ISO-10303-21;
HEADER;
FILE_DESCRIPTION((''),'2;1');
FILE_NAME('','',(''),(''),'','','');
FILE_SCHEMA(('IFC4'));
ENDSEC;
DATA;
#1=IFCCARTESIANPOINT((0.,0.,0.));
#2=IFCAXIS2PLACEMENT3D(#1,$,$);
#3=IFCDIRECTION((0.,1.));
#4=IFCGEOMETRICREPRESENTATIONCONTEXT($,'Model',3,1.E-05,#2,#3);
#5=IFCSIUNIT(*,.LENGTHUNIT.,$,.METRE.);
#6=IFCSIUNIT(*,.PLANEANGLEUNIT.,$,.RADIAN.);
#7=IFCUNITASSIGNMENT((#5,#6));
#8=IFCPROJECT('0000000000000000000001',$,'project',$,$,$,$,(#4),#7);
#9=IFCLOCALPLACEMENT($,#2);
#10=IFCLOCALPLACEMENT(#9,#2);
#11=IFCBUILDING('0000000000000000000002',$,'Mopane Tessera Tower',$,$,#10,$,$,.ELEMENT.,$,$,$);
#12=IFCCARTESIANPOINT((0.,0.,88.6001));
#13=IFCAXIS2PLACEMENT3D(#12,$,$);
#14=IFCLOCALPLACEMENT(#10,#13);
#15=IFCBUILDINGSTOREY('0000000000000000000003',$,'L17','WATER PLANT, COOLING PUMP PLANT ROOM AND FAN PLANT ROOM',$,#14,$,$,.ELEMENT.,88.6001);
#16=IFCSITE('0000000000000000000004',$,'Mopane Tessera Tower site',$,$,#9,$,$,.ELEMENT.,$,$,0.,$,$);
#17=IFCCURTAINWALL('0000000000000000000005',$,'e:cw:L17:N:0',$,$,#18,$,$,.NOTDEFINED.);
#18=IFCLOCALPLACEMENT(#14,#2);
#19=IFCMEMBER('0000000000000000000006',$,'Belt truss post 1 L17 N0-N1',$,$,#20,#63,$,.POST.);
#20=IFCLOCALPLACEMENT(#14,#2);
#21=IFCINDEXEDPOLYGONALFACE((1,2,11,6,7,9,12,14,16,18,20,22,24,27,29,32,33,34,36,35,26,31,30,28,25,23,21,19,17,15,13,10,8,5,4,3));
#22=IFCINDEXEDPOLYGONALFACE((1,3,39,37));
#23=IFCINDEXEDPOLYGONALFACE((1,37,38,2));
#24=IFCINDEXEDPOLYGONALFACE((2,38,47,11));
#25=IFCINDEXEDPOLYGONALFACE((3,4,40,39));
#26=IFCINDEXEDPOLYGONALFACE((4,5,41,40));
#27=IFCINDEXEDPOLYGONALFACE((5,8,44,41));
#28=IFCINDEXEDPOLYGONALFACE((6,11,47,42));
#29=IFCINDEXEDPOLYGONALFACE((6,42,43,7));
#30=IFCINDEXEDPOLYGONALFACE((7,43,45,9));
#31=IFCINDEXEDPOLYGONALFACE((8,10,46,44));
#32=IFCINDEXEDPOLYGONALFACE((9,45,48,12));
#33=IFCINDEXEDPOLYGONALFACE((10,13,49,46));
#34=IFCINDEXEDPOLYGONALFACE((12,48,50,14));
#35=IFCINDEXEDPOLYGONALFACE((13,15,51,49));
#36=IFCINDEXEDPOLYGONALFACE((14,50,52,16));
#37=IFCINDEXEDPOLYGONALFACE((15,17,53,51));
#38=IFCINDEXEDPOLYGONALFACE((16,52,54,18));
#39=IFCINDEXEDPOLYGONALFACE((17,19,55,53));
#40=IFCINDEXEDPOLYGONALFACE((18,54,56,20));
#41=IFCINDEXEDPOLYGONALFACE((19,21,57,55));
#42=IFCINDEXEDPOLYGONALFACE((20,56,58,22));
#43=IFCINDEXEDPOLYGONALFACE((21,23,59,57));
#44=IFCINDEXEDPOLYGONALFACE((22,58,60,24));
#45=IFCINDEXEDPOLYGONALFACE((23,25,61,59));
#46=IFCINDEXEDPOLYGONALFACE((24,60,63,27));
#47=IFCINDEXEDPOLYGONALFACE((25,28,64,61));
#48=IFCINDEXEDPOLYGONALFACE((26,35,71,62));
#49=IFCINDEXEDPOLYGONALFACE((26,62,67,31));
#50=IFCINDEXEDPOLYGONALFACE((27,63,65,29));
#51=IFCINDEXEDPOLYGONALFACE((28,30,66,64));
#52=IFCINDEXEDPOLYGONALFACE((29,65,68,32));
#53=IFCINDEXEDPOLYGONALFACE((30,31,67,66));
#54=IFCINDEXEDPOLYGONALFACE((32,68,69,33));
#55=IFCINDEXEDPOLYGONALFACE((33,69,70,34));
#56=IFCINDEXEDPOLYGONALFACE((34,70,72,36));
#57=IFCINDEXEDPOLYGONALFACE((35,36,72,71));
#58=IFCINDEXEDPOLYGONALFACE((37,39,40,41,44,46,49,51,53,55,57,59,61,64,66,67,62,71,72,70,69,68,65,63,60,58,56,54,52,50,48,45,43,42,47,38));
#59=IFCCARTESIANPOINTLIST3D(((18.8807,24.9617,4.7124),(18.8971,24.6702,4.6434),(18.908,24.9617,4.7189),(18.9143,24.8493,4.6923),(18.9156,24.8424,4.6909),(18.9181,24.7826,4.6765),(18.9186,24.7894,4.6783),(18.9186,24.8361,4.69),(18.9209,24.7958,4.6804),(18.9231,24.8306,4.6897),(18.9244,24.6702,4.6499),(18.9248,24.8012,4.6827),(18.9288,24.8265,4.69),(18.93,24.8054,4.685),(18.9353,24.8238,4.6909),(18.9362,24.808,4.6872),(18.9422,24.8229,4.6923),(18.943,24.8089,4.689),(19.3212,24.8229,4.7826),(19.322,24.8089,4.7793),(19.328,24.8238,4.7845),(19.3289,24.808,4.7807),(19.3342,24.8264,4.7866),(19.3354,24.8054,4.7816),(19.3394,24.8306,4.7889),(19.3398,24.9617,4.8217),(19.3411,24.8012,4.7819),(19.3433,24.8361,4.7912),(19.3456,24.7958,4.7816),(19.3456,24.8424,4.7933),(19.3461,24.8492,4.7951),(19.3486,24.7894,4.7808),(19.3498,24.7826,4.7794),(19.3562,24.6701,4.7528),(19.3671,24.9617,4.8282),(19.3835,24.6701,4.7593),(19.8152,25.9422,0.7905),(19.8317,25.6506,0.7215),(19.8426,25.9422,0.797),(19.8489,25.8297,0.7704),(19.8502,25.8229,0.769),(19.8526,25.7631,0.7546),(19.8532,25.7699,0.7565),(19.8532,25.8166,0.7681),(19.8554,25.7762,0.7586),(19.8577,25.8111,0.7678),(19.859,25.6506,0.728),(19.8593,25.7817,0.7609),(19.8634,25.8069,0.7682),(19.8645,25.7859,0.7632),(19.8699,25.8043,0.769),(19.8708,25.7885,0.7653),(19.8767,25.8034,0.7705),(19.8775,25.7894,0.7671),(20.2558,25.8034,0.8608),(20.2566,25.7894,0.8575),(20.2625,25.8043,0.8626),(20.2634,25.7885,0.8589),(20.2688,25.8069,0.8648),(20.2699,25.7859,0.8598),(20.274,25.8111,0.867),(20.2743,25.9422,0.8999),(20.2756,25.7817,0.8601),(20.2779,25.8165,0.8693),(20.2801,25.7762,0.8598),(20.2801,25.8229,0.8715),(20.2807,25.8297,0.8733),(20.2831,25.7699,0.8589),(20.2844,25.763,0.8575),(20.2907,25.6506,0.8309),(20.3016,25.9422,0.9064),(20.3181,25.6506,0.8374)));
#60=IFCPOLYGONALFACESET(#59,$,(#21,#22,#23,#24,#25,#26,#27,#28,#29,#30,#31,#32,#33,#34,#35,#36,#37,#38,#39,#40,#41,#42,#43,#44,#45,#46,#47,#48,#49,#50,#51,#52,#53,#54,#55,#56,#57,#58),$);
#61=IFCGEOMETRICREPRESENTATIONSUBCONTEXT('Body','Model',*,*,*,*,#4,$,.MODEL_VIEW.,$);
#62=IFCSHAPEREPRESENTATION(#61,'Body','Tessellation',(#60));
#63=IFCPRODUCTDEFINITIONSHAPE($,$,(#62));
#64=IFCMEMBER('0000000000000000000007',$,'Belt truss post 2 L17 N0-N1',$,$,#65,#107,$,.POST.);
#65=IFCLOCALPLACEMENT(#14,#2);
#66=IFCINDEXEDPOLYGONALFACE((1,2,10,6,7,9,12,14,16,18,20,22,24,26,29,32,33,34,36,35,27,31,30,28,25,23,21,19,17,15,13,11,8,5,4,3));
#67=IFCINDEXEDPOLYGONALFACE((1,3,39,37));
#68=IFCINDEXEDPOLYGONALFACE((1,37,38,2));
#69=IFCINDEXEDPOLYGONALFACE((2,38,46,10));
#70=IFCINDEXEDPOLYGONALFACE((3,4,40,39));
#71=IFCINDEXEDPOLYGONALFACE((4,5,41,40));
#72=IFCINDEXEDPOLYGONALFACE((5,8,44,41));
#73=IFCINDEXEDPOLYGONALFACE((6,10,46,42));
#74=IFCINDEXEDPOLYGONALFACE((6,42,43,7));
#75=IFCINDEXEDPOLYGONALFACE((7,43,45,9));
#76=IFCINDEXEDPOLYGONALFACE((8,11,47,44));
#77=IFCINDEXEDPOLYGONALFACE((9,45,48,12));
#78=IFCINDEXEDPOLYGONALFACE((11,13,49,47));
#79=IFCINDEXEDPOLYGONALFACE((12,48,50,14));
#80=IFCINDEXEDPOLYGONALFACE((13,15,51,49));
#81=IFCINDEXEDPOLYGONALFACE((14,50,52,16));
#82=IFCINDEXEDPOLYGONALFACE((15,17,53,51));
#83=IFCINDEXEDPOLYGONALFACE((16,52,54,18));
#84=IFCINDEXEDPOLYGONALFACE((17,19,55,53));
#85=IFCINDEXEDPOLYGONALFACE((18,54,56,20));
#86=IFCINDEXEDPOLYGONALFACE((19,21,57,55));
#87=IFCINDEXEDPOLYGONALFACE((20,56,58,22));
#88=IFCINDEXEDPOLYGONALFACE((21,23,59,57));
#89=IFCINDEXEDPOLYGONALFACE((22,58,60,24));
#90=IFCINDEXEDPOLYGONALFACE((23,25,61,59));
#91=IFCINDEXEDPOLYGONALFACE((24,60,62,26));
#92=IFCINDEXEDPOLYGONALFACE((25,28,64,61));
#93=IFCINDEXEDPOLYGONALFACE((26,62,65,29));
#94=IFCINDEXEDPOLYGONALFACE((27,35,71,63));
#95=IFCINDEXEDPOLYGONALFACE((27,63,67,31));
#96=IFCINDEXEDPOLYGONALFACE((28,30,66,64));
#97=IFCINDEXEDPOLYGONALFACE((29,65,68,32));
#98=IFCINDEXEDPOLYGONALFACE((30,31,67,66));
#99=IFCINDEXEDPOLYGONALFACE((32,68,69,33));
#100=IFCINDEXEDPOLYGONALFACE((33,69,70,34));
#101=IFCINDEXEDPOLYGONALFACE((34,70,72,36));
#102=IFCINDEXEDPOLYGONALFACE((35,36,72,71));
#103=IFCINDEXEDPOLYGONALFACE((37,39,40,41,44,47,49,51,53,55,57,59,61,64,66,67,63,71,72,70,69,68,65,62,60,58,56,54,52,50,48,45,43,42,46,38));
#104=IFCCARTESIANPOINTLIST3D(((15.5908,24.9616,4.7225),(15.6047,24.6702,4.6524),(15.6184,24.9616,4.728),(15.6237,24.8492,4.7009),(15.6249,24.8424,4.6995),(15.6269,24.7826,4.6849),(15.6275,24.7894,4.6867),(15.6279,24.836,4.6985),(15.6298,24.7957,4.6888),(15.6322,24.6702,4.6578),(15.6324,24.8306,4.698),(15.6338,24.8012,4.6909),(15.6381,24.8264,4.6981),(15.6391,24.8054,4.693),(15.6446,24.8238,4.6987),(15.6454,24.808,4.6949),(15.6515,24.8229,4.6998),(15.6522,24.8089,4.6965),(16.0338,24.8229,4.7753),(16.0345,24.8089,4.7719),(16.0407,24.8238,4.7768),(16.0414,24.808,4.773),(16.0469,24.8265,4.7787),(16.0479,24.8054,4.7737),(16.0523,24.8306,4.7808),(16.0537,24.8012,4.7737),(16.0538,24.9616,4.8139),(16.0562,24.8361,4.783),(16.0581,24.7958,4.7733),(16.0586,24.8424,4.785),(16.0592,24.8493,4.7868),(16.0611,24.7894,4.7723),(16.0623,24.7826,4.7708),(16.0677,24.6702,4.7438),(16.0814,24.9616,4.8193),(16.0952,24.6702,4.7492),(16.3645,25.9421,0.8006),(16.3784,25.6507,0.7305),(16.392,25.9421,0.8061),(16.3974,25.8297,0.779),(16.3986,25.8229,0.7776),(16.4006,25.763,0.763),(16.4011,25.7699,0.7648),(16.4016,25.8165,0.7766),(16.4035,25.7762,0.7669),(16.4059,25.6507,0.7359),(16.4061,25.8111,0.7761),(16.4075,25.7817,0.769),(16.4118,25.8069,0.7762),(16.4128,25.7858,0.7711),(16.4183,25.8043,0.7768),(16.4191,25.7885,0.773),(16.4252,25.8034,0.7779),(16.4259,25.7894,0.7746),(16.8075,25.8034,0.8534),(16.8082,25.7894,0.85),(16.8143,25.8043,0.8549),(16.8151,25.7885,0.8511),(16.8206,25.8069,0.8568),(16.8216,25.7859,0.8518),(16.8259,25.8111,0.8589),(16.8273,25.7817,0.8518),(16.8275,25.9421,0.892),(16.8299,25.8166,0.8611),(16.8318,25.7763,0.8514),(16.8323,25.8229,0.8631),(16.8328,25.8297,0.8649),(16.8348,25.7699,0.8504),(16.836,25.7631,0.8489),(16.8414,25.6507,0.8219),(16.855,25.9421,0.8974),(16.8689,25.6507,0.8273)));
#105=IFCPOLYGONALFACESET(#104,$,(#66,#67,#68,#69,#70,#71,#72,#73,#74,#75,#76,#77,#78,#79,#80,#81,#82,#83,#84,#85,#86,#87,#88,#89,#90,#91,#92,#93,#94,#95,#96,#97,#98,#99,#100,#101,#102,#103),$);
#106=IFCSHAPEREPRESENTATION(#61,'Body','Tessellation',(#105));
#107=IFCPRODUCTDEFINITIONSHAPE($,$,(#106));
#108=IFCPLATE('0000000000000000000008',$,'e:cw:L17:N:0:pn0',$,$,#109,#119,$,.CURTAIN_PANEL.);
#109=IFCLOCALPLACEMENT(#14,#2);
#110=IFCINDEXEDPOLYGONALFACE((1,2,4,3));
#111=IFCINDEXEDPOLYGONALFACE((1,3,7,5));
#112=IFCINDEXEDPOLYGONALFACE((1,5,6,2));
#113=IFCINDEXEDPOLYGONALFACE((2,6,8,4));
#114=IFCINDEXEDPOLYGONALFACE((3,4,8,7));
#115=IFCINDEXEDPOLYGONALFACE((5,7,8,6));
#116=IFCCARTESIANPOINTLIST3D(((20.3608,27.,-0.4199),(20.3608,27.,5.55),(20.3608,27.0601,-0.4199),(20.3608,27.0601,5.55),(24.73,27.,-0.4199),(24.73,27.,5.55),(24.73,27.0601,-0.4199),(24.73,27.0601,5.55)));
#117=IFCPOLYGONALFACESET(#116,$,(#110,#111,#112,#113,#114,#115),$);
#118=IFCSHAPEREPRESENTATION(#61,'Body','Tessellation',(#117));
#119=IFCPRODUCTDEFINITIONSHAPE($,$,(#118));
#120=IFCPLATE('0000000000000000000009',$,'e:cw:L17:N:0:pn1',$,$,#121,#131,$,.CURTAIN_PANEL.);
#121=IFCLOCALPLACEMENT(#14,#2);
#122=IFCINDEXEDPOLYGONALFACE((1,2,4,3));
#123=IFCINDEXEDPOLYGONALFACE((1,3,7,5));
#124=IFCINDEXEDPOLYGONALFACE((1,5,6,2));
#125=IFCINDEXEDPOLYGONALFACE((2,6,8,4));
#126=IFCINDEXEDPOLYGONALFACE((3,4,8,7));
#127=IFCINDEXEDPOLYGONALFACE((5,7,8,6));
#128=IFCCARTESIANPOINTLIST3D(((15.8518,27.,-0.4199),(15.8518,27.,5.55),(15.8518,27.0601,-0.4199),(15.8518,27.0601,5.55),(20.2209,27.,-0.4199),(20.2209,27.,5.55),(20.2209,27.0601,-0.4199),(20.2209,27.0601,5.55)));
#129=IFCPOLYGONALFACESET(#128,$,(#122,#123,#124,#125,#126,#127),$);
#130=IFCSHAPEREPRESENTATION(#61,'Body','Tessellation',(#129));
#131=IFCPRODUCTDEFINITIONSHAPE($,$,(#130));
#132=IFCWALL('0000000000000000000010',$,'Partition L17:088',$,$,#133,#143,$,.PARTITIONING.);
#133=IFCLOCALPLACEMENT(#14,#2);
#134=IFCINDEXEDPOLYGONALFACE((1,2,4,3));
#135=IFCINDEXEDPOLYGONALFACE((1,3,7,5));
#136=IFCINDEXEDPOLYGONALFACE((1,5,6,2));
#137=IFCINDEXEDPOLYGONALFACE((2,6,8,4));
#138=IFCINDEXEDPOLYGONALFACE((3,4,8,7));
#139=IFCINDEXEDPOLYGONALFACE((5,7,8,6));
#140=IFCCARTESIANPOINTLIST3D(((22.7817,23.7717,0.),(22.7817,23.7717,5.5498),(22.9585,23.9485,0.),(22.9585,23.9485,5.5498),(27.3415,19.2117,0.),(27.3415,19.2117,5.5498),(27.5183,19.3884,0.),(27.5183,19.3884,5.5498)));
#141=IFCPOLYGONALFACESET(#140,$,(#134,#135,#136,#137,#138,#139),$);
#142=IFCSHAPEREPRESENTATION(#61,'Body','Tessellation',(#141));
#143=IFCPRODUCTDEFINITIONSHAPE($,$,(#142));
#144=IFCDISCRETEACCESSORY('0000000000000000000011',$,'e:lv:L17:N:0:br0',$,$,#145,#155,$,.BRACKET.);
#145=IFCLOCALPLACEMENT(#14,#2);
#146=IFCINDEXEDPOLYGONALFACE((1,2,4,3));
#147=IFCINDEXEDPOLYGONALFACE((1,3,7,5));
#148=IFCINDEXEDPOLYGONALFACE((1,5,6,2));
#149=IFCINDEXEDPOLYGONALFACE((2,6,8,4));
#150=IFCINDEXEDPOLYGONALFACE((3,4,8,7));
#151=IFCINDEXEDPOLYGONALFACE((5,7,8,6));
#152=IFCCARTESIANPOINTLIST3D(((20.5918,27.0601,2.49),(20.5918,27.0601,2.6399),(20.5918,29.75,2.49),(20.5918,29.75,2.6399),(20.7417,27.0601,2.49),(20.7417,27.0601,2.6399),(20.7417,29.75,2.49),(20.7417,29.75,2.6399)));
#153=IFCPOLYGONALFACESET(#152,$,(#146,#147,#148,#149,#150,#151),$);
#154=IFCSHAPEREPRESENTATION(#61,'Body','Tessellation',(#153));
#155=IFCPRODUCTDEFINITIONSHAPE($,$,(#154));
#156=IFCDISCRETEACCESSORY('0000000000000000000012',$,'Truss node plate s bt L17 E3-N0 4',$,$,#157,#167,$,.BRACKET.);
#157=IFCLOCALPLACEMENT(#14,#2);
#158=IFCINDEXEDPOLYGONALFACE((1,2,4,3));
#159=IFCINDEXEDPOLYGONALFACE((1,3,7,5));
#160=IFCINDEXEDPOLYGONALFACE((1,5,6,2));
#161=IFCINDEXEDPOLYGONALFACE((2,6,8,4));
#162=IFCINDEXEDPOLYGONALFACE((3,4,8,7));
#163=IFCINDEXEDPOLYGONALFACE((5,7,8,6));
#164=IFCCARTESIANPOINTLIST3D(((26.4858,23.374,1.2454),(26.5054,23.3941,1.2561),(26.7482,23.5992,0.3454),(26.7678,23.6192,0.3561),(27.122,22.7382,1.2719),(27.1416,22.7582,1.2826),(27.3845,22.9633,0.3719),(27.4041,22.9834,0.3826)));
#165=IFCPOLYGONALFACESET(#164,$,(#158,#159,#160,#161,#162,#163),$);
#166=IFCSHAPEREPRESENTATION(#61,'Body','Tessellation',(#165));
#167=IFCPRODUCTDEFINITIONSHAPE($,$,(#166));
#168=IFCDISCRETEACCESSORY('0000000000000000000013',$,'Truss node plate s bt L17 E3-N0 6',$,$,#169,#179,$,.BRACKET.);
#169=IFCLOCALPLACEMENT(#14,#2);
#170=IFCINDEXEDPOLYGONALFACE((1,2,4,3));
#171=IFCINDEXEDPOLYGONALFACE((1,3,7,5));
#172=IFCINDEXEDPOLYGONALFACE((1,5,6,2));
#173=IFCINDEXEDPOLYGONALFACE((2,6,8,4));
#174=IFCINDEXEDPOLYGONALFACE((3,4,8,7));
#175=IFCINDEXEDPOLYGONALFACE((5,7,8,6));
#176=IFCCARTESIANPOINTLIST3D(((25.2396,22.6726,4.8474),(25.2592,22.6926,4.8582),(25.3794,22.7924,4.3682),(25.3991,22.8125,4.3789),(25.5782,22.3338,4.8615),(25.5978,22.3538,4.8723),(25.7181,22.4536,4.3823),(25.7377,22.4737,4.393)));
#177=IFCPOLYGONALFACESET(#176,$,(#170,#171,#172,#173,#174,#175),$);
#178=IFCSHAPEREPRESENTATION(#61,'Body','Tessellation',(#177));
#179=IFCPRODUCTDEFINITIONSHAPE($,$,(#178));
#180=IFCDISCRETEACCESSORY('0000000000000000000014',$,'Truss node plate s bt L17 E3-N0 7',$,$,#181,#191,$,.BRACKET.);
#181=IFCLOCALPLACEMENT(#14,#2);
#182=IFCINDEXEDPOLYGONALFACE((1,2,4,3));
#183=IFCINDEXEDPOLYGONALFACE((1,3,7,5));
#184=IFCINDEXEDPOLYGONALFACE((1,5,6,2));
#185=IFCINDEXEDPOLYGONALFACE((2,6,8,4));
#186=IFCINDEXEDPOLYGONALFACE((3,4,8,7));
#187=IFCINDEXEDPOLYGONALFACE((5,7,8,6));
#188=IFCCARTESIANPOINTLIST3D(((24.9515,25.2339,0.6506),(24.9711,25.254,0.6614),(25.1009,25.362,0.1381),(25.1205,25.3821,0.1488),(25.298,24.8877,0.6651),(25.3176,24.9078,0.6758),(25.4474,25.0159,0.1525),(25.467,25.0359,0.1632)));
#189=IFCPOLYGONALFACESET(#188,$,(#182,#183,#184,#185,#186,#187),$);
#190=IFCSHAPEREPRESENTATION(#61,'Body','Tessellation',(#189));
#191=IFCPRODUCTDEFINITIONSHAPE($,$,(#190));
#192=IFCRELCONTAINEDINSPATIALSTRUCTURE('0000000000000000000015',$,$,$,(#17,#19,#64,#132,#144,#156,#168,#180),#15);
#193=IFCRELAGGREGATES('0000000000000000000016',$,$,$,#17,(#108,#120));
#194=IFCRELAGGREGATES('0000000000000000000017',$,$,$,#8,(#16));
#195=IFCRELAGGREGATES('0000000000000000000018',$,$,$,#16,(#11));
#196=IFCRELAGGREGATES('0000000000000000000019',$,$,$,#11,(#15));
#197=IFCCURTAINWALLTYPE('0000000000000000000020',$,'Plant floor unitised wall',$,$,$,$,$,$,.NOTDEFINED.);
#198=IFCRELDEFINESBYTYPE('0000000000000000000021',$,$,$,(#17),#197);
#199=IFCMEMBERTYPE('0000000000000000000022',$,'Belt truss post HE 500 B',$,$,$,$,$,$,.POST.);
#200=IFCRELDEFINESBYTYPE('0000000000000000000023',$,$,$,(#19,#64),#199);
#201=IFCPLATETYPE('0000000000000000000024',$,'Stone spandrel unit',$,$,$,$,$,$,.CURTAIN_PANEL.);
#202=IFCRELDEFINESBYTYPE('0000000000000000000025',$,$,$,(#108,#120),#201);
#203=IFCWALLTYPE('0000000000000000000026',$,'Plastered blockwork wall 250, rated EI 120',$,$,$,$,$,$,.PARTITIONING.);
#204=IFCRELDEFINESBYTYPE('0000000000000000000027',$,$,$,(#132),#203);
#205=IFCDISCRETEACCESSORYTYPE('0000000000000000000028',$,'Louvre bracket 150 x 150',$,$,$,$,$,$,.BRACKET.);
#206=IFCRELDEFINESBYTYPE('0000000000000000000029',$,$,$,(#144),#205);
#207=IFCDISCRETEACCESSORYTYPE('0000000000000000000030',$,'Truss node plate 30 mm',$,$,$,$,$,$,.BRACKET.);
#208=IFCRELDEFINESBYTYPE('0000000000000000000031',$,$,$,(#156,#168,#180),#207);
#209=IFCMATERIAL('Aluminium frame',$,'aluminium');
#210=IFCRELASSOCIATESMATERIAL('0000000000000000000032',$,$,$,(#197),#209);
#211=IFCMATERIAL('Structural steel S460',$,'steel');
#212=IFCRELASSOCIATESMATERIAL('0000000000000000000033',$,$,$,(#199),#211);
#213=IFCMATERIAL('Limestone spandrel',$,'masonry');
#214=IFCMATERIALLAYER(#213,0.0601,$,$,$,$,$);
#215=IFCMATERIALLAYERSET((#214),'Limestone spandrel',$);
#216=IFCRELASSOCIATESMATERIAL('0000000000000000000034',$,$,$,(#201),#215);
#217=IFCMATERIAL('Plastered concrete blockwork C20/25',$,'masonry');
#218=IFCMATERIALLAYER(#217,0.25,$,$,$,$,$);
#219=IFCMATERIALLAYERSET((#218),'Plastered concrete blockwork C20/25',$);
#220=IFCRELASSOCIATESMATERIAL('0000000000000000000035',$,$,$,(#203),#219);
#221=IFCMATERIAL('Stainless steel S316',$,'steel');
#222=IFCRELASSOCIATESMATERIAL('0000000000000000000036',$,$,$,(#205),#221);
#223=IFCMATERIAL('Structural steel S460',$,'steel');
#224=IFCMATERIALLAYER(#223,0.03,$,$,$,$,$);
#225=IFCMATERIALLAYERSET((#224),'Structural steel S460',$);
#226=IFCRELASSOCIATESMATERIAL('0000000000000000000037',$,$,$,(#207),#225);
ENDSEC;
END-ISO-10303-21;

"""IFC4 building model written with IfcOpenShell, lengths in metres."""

from ifc_helpers import new_model, si_unit, direction, frame, frame_2d, origin, origin_2d, place, context, subcontext, project, spatial, rectangle, i_section, extrude, material, layer, layer_set, material_profile, profile_set, type_object, element, aggregate, save


model = new_model("IFC4")

# Units and contexts
model_context = context("Model", 3, precision=1e-05, world=origin(), true_north=direction((0.0, 1.0)))
body_context = subcontext(model_context, "Body", "Model", "MODEL_VIEW")
ifc_project = project(units=[si_unit("LENGTHUNIT", "METRE"), si_unit("PLANEANGLEUNIT", "RADIAN")], contexts=[model_context])

# Site, building, storey
site_placement = place(None, origin())
site = spatial("IfcSite", under=ifc_project, at=site_placement, Name="Mopane Tessera Tower site", CompositionType="ELEMENT", RefElevation=0.0)
building_placement = place(site_placement, origin())
building = spatial("IfcBuilding", under=site, at=building_placement, Name="Mopane Tessera Tower", CompositionType="ELEMENT")
storey_placement = place(building_placement, frame((0.0, 0.0, 88.6001)))
storey = spatial("IfcBuildingStorey", under=building, at=storey_placement, Name="L17", Description="WATER PLANT, COOLING PUMP PLANT ROOM AND FAN PLANT ROOM", CompositionType="ELEMENT", Elevation=88.6001)

# Curtain wall
ifc_material_1 = material(Name="Aluminium frame", Category="aluminium")
curtain_wall_type = type_object("IfcCurtainWallType", Name="Plant floor unitised wall", PredefinedType="NOTDEFINED", material=ifc_material_1)
curtain_wall_placement = place(storey_placement, origin())
curtain_wall = element("IfcCurtainWall", 1, at=curtain_wall_placement, inside=storey, type_object=curtain_wall_type, Name="e:cw:L17:N:0", PredefinedType="NOTDEFINED")

# Members
ifc_material_2 = material(Name="Structural steel S460", Category="steel")
ifc_material_profile_1 = material_profile(ifc_material_2, i_section(OverallWidth=0.3, OverallDepth=0.5, WebThickness=0.0144, FlangeThickness=0.0281, FilletRadius=0.0271, at=origin_2d()))
ifc_profile_set_1 = profile_set([ifc_material_profile_1], Name="Structural steel S460")
member_type_1 = type_object("IfcMemberType", Name="Belt truss post HE 500 B", PredefinedType="POST", material=ifc_profile_set_1)
member_1_placement = place(storey_placement, frame((20.0667, 25.7964, 0.814), z_axis=(-0.225241, -0.236303, 0.945213), x_axis=(0.05474, -0.971679, -0.229876)))
element("IfcMember", 2, at=member_1_placement, inside=storey, type_object=member_type_1, Name="Belt truss post 1 L17 N0-N1", PredefinedType="POST", context=body_context, shape_type="SweptSolid", body=[
    extrude(i_section(OverallWidth=0.3, OverallDepth=0.5, WebThickness=0.0144, FlangeThickness=0.0281, FilletRadius=0.0271, at=origin_2d()), origin(), (0.0, 0.0, 1.0), 4.1492),
])
member_2_placement = place(storey_placement, frame((16.6167, 25.7964, 0.814), z_axis=(-0.187972, -0.238212, 0.952849), x_axis=(0.046212, -0.971213, -0.233687)))
element("IfcMember", 3, at=member_2_placement, inside=storey, type_object=member_type_1, Name="Belt truss post 2 L17 N0-N1", PredefinedType="POST", context=body_context, shape_type="SweptSolid", body=[
    extrude(i_section(OverallWidth=0.3, OverallDepth=0.5, WebThickness=0.0144, FlangeThickness=0.0281, FilletRadius=0.0271, at=origin_2d()), origin(), (0.0, 0.0, 1.0), 4.116),
])

# Plates
ifc_material_3 = material(Name="Limestone spandrel", Category="masonry")
ifc_layer_1 = layer(ifc_material_3, 0.0601)
ifc_layer_set_1 = layer_set([ifc_layer_1], Name="Limestone spandrel")
plate_type = type_object("IfcPlateType", Name="Stone spandrel unit", PredefinedType="CURTAIN_PANEL", material=ifc_layer_set_1)
plate_1_placement = place(storey_placement, frame((22.5454, 27.03, -0.4199), z_axis=(0.0, 0.0, 1.0), x_axis=(-1.0, 0.0, 0.0)))
plate_1 = element("IfcPlate", 4, at=plate_1_placement, type_object=plate_type, Name="e:cw:L17:N:0:pn0", PredefinedType="CURTAIN_PANEL", context=body_context, shape_type="SweptSolid", body=[
    extrude(rectangle(XDim=4.3691, YDim=0.0601, at=origin_2d()), origin(), (0.0, 0.0, 1.0), 5.97),
])
plate_2_placement = place(storey_placement, frame((18.0364, 27.03, -0.4199), z_axis=(0.0, 0.0, 1.0), x_axis=(-1.0, 0.0, 0.0)))
plate_2 = element("IfcPlate", 5, at=plate_2_placement, type_object=plate_type, Name="e:cw:L17:N:0:pn1", PredefinedType="CURTAIN_PANEL", context=body_context, shape_type="SweptSolid", body=[
    extrude(rectangle(XDim=4.3691, YDim=0.0601, at=origin_2d()), origin(), (0.0, 0.0, 1.0), 5.97),
])
aggregate(curtain_wall, [plate_1, plate_2])

# Wall
ifc_material_4 = material(Name="Plastered concrete blockwork C20/25", Category="masonry")
ifc_layer_2 = layer(ifc_material_4, 0.25)
ifc_layer_set_2 = layer_set([ifc_layer_2], Name="Plastered concrete blockwork C20/25")
wall_type = type_object("IfcWallType", Name="Plastered blockwork wall 250, rated EI 120", PredefinedType="PARTITIONING", material=ifc_layer_set_2)
wall_placement = place(storey_placement, frame((22.8701, 23.8601, 0.0), z_axis=(0.0, 0.0, 1.0), x_axis=(0.707088, -0.707126, 0.0)))
element("IfcWall", 6, at=wall_placement, inside=storey, type_object=wall_type, Name="Partition L17:088", PredefinedType="PARTITIONING", context=body_context, shape_type="SweptSolid", body=[
    extrude(rectangle(XDim=6.4487, YDim=0.25, at=frame_2d((3.2244, 0.0))), origin(), (0.0, 0.0, 1.0), 5.5498),
])

# Discrete accessories
ifc_material_5 = material(Name="Stainless steel S316", Category="steel")
discrete_accessory_type_1 = type_object("IfcDiscreteAccessoryType", Name="Louvre bracket 150 x 150", PredefinedType="BRACKET", material=ifc_material_5)
discrete_accessory_1_placement = place(storey_placement, frame((20.6667, 28.405, 2.49), z_axis=(0.0, 0.0, 1.0), x_axis=(0.0, 1.0, 0.0)))
element("IfcDiscreteAccessory", 7, at=discrete_accessory_1_placement, inside=storey, type_object=discrete_accessory_type_1, Name="e:lv:L17:N:0:br0", PredefinedType="BRACKET", context=body_context, shape_type="SweptSolid", body=[
    extrude(rectangle(XDim=2.6899, YDim=0.1499, at=origin_2d()), origin(), (0.0, 0.0, 1.0), 0.1499),
])
ifc_material_6 = material(Name="Structural steel S460", Category="steel")
ifc_layer_3 = layer(ifc_material_6, 0.03)
ifc_layer_set_3 = layer_set([ifc_layer_3], Name="Structural steel S460")
discrete_accessory_type_2 = type_object("IfcDiscreteAccessoryType", Name="Truss node plate 30 mm", PredefinedType="BRACKET", material=ifc_layer_set_3)
discrete_accessory_2_placement = place(storey_placement, frame((27.0762, 23.2913, 0.364), z_axis=(-0.272241, -0.233494, 0.93347), x_axis=(-0.652698, -0.667996, -0.357445)))
element("IfcDiscreteAccessory", 8, at=discrete_accessory_2_placement, inside=storey, type_object=discrete_accessory_type_2, Name="Truss node plate s bt L17 E3-N0 4", PredefinedType="BRACKET", context=body_context, shape_type="SweptSolid", body=[
    extrude(rectangle(XDim=0.03, YDim=0.8999, at=origin_2d()), origin(), (0.0, 0.0, 1.0), 0.9641),
])
discrete_accessory_3_placement = place(storey_placement, frame((25.5586, 22.6331, 4.3806), z_axis=(-0.272463, -0.233471, 0.93341), x_axis=(-0.652954, -0.667664, -0.357598)))
element("IfcDiscreteAccessory", 9, at=discrete_accessory_3_placement, inside=storey, type_object=discrete_accessory_type_2, Name="Truss node plate s bt L17 E3-N0 6", PredefinedType="BRACKET", context=body_context, shape_type="SweptSolid", body=[
    extrude(rectangle(XDim=0.03, YDim=0.4792, at=origin_2d()), origin(), (0.0, 0.0, 1.0), 0.5134),
])
discrete_accessory_4_placement = place(storey_placement, frame((25.2839, 25.199, 0.1506), z_axis=(-0.272063, -0.233387, 0.933548), x_axis=(-0.652692, -0.66811, -0.357241)))
element("IfcDiscreteAccessory", 10, at=discrete_accessory_4_placement, inside=storey, type_object=discrete_accessory_type_2, Name="Truss node plate s bt L17 E3-N0 7", PredefinedType="BRACKET", context=body_context, shape_type="SweptSolid", body=[
    extrude(rectangle(XDim=0.03, YDim=0.49, at=origin_2d()), origin(), (0.0, 0.0, 1.0), 0.5491),
])

save(model, "model.ifc")
